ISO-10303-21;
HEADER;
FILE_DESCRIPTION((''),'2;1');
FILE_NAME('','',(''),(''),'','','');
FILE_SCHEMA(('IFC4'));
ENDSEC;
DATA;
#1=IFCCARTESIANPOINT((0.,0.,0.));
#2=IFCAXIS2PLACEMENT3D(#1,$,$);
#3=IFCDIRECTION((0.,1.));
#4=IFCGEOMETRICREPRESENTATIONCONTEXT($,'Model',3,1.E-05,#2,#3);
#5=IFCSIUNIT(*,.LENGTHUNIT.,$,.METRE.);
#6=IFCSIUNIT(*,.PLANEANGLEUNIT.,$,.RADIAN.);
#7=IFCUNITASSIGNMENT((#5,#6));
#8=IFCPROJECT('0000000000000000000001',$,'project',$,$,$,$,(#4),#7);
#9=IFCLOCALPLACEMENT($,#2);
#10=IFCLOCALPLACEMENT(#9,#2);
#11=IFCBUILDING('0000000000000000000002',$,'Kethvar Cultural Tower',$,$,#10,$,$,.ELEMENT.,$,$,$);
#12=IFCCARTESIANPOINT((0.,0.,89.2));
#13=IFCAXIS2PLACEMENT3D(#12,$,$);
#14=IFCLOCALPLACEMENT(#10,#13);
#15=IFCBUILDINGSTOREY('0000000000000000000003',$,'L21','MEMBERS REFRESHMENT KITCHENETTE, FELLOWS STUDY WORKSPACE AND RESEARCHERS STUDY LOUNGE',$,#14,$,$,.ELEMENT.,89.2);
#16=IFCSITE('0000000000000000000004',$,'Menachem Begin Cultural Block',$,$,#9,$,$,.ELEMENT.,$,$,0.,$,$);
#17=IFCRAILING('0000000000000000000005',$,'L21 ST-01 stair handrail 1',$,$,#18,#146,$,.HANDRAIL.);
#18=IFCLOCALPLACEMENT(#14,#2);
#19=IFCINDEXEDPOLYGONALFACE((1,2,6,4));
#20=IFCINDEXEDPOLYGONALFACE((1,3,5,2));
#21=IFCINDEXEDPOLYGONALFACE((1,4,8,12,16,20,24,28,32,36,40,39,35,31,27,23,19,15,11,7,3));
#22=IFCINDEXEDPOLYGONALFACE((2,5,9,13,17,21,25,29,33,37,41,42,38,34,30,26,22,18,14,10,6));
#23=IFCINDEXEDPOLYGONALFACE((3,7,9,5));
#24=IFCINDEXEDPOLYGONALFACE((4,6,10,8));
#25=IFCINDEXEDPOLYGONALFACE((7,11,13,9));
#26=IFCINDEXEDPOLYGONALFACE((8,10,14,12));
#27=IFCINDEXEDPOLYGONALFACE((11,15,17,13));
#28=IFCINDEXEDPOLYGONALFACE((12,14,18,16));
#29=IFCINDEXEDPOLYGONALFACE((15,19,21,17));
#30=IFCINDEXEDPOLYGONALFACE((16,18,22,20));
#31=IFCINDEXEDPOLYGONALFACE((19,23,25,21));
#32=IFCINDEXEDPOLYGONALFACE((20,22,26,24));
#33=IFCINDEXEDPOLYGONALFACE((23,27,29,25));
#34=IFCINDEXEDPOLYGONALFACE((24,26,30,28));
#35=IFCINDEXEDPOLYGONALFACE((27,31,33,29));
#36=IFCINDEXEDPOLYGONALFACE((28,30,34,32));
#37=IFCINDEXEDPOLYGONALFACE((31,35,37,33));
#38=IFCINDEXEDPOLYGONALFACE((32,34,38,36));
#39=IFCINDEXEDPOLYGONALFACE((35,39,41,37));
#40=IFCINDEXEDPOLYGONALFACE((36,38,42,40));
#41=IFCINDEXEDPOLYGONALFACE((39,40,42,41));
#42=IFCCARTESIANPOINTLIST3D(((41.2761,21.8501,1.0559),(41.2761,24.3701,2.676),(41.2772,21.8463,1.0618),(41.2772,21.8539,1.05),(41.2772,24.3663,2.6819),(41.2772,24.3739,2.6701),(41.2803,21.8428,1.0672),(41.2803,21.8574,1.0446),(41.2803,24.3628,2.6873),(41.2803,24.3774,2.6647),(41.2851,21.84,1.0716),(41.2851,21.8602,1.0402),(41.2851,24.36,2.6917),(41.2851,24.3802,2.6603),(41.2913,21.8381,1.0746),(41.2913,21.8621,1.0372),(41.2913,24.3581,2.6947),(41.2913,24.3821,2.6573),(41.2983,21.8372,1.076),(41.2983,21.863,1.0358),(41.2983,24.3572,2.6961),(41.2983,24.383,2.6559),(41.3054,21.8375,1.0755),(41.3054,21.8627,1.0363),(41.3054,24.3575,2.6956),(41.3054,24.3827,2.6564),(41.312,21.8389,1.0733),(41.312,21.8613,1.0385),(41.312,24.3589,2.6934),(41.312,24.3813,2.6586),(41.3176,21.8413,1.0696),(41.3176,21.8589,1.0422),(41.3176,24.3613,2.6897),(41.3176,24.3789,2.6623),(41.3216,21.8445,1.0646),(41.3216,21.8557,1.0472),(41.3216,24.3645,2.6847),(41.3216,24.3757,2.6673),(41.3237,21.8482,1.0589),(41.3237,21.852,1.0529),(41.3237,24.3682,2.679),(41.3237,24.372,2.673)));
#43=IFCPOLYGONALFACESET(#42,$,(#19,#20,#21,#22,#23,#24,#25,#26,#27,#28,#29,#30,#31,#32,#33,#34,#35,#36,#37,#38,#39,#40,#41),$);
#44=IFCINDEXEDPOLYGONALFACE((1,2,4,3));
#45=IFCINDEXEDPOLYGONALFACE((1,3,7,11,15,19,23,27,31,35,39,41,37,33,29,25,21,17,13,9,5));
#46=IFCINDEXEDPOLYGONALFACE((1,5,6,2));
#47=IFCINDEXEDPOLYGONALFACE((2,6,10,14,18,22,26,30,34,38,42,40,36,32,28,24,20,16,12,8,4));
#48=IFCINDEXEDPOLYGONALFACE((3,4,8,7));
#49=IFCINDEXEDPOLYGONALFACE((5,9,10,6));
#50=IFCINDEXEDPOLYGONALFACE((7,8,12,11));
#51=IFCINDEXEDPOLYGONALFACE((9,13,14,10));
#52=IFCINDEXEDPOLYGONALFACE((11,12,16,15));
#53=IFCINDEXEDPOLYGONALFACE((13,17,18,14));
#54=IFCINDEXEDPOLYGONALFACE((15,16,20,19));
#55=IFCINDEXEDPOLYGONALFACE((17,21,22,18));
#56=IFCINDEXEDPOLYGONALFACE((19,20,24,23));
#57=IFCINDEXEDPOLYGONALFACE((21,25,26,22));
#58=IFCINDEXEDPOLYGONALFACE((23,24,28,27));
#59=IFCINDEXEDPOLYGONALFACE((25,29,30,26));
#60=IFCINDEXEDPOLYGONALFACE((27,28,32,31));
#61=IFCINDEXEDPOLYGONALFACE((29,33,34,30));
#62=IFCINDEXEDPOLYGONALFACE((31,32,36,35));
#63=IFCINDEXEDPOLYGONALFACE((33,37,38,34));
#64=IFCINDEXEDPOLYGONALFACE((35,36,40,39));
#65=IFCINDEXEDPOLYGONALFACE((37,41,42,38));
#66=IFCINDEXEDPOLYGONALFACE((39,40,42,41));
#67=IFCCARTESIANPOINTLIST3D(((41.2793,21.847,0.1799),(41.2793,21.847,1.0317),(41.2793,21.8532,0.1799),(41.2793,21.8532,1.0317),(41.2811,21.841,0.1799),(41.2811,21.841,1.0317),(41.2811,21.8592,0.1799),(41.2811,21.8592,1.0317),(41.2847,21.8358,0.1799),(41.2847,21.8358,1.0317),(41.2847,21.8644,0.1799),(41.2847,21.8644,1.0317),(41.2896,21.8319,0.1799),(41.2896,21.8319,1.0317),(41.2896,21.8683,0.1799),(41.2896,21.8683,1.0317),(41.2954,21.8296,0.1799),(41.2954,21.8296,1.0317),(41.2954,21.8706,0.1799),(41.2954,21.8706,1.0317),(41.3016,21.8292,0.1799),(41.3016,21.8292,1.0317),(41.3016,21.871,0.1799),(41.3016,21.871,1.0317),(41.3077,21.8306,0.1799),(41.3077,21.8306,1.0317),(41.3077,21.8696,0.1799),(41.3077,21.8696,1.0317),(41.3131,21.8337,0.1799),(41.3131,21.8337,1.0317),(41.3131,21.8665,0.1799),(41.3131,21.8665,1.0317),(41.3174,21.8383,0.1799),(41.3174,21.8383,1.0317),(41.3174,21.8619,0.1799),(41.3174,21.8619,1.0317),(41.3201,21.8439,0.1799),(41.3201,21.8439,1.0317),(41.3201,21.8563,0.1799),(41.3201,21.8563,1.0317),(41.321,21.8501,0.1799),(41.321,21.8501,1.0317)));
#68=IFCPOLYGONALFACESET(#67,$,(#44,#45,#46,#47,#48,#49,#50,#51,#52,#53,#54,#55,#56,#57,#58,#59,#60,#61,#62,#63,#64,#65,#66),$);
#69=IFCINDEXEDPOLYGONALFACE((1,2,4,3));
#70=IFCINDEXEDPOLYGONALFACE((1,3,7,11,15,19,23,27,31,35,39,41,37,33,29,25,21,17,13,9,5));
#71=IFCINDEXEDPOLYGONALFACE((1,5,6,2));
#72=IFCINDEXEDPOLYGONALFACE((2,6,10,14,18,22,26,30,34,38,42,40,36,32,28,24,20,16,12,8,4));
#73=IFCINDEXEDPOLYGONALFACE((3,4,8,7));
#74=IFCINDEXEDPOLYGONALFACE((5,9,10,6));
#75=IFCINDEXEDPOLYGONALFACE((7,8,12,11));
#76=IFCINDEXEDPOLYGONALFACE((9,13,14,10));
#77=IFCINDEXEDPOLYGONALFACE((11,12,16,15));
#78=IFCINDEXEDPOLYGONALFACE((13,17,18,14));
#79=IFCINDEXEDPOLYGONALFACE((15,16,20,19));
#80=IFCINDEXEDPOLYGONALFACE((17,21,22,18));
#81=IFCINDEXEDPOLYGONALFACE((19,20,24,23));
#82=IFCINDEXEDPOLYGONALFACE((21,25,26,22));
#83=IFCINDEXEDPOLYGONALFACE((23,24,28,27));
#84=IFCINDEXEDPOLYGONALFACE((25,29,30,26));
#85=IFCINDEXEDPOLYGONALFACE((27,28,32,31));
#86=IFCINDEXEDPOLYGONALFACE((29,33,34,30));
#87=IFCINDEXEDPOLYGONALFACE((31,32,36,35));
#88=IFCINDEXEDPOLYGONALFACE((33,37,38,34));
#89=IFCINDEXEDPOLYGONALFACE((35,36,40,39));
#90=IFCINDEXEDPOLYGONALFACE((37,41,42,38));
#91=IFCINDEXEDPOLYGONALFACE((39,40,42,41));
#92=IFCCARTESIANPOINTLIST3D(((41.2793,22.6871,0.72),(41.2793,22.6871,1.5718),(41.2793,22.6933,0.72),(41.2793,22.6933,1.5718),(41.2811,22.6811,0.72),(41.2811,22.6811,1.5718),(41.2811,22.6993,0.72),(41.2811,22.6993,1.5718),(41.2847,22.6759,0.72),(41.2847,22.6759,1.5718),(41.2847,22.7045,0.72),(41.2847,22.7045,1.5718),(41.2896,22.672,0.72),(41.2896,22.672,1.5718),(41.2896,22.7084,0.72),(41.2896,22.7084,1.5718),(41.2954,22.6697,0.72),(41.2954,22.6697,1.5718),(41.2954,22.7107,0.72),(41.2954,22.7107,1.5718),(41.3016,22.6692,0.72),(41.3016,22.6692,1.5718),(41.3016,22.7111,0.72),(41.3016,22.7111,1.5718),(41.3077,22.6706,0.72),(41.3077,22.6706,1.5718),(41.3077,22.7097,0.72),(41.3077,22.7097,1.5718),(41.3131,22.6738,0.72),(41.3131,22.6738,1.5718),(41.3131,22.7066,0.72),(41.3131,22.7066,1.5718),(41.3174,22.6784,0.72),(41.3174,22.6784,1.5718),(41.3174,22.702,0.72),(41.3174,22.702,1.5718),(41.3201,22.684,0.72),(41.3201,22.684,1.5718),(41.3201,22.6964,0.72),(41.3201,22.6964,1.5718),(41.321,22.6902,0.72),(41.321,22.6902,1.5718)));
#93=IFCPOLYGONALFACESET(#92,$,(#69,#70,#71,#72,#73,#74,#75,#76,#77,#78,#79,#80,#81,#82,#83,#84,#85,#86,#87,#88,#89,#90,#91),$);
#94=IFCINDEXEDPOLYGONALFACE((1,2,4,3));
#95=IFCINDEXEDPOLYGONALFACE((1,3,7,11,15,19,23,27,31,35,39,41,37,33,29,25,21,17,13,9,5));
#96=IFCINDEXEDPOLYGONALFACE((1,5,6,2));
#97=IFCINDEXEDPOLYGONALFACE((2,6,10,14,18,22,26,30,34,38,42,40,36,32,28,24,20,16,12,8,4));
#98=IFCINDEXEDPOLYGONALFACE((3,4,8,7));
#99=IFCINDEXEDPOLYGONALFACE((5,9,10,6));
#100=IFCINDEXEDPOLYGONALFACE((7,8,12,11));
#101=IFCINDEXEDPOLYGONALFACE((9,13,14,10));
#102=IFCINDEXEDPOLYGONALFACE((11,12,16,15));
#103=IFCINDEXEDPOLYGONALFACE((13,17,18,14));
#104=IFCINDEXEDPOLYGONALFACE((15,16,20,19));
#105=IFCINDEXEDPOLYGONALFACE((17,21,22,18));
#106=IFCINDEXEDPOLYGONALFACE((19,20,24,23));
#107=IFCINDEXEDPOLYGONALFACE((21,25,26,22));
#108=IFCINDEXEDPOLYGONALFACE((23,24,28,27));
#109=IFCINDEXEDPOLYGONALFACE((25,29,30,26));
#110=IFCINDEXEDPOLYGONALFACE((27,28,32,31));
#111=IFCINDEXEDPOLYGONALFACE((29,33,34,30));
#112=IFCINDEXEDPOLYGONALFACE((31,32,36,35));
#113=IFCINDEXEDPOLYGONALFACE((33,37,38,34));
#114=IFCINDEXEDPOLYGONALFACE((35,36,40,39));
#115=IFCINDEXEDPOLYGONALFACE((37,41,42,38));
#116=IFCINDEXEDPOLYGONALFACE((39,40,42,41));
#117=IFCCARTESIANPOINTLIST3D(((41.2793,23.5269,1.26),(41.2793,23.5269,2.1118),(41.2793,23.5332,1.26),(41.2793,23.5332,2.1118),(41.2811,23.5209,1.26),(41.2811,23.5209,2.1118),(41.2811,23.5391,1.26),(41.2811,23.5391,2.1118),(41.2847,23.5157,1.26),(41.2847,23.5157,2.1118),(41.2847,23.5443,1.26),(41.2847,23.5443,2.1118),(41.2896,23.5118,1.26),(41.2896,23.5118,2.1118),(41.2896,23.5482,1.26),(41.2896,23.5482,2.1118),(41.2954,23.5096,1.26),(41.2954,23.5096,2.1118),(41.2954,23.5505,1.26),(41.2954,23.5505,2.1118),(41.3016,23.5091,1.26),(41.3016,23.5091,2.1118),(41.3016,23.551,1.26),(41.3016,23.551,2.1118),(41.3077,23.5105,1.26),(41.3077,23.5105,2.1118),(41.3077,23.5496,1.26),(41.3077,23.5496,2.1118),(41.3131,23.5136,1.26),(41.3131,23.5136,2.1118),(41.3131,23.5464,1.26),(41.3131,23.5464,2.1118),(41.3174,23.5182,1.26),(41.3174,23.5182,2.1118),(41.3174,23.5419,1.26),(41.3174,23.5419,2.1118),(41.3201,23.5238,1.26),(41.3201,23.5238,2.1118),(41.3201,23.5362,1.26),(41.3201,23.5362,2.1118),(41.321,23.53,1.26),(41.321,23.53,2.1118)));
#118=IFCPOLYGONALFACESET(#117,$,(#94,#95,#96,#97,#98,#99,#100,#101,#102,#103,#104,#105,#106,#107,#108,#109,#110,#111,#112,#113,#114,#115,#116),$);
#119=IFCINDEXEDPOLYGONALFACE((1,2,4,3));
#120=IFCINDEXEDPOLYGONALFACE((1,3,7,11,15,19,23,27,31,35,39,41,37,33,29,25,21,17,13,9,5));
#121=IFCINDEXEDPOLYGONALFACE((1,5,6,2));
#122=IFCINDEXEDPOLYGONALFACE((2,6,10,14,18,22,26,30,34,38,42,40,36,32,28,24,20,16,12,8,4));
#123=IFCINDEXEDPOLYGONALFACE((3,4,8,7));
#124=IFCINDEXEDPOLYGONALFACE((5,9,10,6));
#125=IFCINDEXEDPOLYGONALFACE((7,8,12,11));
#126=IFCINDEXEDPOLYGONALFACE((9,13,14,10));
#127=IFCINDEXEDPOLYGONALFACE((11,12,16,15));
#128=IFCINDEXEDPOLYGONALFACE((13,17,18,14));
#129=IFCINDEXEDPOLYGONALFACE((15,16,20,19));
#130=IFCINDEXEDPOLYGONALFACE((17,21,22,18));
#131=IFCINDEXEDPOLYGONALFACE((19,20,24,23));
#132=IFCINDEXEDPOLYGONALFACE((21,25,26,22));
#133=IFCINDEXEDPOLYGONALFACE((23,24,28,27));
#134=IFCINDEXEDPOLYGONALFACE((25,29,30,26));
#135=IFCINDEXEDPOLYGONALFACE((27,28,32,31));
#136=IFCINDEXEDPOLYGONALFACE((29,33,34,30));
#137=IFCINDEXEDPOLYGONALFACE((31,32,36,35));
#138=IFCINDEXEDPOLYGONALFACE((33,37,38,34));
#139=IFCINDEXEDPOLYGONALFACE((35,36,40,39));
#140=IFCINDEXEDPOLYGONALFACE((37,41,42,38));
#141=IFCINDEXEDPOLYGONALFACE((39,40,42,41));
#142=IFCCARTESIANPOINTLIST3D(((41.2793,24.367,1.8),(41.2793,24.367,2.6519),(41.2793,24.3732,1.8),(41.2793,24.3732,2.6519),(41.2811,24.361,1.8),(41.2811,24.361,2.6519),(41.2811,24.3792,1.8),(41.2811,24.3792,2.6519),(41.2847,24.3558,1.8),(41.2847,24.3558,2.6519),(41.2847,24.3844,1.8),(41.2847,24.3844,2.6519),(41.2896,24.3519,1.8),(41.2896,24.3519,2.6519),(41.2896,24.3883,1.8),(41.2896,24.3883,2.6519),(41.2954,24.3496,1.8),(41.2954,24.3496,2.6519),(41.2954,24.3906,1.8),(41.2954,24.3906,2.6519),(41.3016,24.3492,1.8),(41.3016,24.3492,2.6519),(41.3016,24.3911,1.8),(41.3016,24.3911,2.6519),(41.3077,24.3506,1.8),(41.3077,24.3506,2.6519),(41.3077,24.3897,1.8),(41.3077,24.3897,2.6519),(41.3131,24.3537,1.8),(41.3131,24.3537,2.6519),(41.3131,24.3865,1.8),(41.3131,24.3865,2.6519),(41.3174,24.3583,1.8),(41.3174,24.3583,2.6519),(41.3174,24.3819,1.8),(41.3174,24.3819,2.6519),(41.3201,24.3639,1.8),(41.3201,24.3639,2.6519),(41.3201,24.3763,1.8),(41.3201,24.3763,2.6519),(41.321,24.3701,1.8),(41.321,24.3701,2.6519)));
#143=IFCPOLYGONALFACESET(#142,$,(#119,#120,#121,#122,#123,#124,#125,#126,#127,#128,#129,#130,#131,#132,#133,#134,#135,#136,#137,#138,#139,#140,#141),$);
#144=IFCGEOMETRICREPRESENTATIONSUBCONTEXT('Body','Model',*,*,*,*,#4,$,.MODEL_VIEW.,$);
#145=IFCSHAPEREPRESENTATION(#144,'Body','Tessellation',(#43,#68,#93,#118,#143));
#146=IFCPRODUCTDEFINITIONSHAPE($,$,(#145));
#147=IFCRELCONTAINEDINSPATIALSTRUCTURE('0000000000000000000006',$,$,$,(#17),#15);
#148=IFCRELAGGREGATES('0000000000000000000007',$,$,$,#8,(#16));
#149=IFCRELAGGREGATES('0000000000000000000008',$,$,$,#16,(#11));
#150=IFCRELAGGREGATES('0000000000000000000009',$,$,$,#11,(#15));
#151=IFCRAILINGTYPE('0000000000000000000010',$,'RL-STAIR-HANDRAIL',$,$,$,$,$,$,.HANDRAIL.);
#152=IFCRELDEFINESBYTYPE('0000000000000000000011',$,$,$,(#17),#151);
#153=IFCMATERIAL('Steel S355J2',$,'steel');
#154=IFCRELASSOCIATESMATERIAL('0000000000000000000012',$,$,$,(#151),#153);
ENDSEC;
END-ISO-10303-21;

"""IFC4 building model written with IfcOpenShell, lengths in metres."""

from ifc_helpers import new_model, si_unit, direction, frame, origin, origin_2d, place, context, subcontext, project, spatial, circle, extrude, material, type_object, element, save


model = new_model("IFC4")

# Units and contexts
model_context = context("Model", 3, precision=1e-05, world=origin(), true_north=direction((0.0, 1.0)))
body_context = subcontext(model_context, "Body", "Model", "MODEL_VIEW")
ifc_project = project(units=[si_unit("LENGTHUNIT", "METRE"), si_unit("PLANEANGLEUNIT", "RADIAN")], contexts=[model_context])

# Site, building, storey
site_placement = place(None, origin())
site = spatial("IfcSite", under=ifc_project, at=site_placement, Name="Menachem Begin Cultural Block", CompositionType="ELEMENT", RefElevation=0.0)
building_placement = place(site_placement, origin())
building = spatial("IfcBuilding", under=site, at=building_placement, Name="Kethvar Cultural Tower", CompositionType="ELEMENT")
storey_placement = place(building_placement, frame((0.0, 0.0, 89.2)))
storey = spatial("IfcBuildingStorey", under=building, at=storey_placement, Name="L21", Description="MEMBERS REFRESHMENT KITCHENETTE, FELLOWS STUDY WORKSPACE AND RESEARCHERS STUDY LOUNGE", CompositionType="ELEMENT", Elevation=89.2)

# Shared definitions
ifc_material_1 = material(Name="Steel S355J2", Category="steel")

# Railing
railing_type_1 = type_object("IfcRailingType", Name="RL-STAIR-HANDRAIL", PredefinedType="HANDRAIL", material=ifc_material_1)
railing_1_placement = place(storey_placement, frame((41.3, 21.8501, 0.1799)))
element("IfcRailing", 1, at=railing_1_placement, inside=storey, type_object=railing_type_1, Name="L21 ST-01 stair handrail 1", PredefinedType="HANDRAIL", context=body_context, shape_type="SweptSolid", body=[
    extrude(circle(Radius=0.0239, at=origin_2d()), frame((0.0, 0.0, 0.876), z_axis=(0.0, 0.841163, 0.540782), x_axis=(-1.0, 0.0, 0.0)), (0.0, 0.0, 1.0), 2.9958),
    extrude(circle(Radius=0.021, at=origin_2d()), origin(), (0.0, 0.0, 1.0), 0.8518),
    extrude(circle(Radius=0.021, at=origin_2d()), frame((0.0, 0.8401, 0.54)), (0.0, 0.0, 1.0), 0.8518),
    extrude(circle(Radius=0.021, at=origin_2d()), frame((0.0, 1.6799, 1.0801)), (0.0, 0.0, 1.0), 0.8518),
    extrude(circle(Radius=0.021, at=origin_2d()), frame((0.0, 2.52, 1.6201)), (0.0, 0.0, 1.0), 0.8518),
])

save(model, "model.ifc")
